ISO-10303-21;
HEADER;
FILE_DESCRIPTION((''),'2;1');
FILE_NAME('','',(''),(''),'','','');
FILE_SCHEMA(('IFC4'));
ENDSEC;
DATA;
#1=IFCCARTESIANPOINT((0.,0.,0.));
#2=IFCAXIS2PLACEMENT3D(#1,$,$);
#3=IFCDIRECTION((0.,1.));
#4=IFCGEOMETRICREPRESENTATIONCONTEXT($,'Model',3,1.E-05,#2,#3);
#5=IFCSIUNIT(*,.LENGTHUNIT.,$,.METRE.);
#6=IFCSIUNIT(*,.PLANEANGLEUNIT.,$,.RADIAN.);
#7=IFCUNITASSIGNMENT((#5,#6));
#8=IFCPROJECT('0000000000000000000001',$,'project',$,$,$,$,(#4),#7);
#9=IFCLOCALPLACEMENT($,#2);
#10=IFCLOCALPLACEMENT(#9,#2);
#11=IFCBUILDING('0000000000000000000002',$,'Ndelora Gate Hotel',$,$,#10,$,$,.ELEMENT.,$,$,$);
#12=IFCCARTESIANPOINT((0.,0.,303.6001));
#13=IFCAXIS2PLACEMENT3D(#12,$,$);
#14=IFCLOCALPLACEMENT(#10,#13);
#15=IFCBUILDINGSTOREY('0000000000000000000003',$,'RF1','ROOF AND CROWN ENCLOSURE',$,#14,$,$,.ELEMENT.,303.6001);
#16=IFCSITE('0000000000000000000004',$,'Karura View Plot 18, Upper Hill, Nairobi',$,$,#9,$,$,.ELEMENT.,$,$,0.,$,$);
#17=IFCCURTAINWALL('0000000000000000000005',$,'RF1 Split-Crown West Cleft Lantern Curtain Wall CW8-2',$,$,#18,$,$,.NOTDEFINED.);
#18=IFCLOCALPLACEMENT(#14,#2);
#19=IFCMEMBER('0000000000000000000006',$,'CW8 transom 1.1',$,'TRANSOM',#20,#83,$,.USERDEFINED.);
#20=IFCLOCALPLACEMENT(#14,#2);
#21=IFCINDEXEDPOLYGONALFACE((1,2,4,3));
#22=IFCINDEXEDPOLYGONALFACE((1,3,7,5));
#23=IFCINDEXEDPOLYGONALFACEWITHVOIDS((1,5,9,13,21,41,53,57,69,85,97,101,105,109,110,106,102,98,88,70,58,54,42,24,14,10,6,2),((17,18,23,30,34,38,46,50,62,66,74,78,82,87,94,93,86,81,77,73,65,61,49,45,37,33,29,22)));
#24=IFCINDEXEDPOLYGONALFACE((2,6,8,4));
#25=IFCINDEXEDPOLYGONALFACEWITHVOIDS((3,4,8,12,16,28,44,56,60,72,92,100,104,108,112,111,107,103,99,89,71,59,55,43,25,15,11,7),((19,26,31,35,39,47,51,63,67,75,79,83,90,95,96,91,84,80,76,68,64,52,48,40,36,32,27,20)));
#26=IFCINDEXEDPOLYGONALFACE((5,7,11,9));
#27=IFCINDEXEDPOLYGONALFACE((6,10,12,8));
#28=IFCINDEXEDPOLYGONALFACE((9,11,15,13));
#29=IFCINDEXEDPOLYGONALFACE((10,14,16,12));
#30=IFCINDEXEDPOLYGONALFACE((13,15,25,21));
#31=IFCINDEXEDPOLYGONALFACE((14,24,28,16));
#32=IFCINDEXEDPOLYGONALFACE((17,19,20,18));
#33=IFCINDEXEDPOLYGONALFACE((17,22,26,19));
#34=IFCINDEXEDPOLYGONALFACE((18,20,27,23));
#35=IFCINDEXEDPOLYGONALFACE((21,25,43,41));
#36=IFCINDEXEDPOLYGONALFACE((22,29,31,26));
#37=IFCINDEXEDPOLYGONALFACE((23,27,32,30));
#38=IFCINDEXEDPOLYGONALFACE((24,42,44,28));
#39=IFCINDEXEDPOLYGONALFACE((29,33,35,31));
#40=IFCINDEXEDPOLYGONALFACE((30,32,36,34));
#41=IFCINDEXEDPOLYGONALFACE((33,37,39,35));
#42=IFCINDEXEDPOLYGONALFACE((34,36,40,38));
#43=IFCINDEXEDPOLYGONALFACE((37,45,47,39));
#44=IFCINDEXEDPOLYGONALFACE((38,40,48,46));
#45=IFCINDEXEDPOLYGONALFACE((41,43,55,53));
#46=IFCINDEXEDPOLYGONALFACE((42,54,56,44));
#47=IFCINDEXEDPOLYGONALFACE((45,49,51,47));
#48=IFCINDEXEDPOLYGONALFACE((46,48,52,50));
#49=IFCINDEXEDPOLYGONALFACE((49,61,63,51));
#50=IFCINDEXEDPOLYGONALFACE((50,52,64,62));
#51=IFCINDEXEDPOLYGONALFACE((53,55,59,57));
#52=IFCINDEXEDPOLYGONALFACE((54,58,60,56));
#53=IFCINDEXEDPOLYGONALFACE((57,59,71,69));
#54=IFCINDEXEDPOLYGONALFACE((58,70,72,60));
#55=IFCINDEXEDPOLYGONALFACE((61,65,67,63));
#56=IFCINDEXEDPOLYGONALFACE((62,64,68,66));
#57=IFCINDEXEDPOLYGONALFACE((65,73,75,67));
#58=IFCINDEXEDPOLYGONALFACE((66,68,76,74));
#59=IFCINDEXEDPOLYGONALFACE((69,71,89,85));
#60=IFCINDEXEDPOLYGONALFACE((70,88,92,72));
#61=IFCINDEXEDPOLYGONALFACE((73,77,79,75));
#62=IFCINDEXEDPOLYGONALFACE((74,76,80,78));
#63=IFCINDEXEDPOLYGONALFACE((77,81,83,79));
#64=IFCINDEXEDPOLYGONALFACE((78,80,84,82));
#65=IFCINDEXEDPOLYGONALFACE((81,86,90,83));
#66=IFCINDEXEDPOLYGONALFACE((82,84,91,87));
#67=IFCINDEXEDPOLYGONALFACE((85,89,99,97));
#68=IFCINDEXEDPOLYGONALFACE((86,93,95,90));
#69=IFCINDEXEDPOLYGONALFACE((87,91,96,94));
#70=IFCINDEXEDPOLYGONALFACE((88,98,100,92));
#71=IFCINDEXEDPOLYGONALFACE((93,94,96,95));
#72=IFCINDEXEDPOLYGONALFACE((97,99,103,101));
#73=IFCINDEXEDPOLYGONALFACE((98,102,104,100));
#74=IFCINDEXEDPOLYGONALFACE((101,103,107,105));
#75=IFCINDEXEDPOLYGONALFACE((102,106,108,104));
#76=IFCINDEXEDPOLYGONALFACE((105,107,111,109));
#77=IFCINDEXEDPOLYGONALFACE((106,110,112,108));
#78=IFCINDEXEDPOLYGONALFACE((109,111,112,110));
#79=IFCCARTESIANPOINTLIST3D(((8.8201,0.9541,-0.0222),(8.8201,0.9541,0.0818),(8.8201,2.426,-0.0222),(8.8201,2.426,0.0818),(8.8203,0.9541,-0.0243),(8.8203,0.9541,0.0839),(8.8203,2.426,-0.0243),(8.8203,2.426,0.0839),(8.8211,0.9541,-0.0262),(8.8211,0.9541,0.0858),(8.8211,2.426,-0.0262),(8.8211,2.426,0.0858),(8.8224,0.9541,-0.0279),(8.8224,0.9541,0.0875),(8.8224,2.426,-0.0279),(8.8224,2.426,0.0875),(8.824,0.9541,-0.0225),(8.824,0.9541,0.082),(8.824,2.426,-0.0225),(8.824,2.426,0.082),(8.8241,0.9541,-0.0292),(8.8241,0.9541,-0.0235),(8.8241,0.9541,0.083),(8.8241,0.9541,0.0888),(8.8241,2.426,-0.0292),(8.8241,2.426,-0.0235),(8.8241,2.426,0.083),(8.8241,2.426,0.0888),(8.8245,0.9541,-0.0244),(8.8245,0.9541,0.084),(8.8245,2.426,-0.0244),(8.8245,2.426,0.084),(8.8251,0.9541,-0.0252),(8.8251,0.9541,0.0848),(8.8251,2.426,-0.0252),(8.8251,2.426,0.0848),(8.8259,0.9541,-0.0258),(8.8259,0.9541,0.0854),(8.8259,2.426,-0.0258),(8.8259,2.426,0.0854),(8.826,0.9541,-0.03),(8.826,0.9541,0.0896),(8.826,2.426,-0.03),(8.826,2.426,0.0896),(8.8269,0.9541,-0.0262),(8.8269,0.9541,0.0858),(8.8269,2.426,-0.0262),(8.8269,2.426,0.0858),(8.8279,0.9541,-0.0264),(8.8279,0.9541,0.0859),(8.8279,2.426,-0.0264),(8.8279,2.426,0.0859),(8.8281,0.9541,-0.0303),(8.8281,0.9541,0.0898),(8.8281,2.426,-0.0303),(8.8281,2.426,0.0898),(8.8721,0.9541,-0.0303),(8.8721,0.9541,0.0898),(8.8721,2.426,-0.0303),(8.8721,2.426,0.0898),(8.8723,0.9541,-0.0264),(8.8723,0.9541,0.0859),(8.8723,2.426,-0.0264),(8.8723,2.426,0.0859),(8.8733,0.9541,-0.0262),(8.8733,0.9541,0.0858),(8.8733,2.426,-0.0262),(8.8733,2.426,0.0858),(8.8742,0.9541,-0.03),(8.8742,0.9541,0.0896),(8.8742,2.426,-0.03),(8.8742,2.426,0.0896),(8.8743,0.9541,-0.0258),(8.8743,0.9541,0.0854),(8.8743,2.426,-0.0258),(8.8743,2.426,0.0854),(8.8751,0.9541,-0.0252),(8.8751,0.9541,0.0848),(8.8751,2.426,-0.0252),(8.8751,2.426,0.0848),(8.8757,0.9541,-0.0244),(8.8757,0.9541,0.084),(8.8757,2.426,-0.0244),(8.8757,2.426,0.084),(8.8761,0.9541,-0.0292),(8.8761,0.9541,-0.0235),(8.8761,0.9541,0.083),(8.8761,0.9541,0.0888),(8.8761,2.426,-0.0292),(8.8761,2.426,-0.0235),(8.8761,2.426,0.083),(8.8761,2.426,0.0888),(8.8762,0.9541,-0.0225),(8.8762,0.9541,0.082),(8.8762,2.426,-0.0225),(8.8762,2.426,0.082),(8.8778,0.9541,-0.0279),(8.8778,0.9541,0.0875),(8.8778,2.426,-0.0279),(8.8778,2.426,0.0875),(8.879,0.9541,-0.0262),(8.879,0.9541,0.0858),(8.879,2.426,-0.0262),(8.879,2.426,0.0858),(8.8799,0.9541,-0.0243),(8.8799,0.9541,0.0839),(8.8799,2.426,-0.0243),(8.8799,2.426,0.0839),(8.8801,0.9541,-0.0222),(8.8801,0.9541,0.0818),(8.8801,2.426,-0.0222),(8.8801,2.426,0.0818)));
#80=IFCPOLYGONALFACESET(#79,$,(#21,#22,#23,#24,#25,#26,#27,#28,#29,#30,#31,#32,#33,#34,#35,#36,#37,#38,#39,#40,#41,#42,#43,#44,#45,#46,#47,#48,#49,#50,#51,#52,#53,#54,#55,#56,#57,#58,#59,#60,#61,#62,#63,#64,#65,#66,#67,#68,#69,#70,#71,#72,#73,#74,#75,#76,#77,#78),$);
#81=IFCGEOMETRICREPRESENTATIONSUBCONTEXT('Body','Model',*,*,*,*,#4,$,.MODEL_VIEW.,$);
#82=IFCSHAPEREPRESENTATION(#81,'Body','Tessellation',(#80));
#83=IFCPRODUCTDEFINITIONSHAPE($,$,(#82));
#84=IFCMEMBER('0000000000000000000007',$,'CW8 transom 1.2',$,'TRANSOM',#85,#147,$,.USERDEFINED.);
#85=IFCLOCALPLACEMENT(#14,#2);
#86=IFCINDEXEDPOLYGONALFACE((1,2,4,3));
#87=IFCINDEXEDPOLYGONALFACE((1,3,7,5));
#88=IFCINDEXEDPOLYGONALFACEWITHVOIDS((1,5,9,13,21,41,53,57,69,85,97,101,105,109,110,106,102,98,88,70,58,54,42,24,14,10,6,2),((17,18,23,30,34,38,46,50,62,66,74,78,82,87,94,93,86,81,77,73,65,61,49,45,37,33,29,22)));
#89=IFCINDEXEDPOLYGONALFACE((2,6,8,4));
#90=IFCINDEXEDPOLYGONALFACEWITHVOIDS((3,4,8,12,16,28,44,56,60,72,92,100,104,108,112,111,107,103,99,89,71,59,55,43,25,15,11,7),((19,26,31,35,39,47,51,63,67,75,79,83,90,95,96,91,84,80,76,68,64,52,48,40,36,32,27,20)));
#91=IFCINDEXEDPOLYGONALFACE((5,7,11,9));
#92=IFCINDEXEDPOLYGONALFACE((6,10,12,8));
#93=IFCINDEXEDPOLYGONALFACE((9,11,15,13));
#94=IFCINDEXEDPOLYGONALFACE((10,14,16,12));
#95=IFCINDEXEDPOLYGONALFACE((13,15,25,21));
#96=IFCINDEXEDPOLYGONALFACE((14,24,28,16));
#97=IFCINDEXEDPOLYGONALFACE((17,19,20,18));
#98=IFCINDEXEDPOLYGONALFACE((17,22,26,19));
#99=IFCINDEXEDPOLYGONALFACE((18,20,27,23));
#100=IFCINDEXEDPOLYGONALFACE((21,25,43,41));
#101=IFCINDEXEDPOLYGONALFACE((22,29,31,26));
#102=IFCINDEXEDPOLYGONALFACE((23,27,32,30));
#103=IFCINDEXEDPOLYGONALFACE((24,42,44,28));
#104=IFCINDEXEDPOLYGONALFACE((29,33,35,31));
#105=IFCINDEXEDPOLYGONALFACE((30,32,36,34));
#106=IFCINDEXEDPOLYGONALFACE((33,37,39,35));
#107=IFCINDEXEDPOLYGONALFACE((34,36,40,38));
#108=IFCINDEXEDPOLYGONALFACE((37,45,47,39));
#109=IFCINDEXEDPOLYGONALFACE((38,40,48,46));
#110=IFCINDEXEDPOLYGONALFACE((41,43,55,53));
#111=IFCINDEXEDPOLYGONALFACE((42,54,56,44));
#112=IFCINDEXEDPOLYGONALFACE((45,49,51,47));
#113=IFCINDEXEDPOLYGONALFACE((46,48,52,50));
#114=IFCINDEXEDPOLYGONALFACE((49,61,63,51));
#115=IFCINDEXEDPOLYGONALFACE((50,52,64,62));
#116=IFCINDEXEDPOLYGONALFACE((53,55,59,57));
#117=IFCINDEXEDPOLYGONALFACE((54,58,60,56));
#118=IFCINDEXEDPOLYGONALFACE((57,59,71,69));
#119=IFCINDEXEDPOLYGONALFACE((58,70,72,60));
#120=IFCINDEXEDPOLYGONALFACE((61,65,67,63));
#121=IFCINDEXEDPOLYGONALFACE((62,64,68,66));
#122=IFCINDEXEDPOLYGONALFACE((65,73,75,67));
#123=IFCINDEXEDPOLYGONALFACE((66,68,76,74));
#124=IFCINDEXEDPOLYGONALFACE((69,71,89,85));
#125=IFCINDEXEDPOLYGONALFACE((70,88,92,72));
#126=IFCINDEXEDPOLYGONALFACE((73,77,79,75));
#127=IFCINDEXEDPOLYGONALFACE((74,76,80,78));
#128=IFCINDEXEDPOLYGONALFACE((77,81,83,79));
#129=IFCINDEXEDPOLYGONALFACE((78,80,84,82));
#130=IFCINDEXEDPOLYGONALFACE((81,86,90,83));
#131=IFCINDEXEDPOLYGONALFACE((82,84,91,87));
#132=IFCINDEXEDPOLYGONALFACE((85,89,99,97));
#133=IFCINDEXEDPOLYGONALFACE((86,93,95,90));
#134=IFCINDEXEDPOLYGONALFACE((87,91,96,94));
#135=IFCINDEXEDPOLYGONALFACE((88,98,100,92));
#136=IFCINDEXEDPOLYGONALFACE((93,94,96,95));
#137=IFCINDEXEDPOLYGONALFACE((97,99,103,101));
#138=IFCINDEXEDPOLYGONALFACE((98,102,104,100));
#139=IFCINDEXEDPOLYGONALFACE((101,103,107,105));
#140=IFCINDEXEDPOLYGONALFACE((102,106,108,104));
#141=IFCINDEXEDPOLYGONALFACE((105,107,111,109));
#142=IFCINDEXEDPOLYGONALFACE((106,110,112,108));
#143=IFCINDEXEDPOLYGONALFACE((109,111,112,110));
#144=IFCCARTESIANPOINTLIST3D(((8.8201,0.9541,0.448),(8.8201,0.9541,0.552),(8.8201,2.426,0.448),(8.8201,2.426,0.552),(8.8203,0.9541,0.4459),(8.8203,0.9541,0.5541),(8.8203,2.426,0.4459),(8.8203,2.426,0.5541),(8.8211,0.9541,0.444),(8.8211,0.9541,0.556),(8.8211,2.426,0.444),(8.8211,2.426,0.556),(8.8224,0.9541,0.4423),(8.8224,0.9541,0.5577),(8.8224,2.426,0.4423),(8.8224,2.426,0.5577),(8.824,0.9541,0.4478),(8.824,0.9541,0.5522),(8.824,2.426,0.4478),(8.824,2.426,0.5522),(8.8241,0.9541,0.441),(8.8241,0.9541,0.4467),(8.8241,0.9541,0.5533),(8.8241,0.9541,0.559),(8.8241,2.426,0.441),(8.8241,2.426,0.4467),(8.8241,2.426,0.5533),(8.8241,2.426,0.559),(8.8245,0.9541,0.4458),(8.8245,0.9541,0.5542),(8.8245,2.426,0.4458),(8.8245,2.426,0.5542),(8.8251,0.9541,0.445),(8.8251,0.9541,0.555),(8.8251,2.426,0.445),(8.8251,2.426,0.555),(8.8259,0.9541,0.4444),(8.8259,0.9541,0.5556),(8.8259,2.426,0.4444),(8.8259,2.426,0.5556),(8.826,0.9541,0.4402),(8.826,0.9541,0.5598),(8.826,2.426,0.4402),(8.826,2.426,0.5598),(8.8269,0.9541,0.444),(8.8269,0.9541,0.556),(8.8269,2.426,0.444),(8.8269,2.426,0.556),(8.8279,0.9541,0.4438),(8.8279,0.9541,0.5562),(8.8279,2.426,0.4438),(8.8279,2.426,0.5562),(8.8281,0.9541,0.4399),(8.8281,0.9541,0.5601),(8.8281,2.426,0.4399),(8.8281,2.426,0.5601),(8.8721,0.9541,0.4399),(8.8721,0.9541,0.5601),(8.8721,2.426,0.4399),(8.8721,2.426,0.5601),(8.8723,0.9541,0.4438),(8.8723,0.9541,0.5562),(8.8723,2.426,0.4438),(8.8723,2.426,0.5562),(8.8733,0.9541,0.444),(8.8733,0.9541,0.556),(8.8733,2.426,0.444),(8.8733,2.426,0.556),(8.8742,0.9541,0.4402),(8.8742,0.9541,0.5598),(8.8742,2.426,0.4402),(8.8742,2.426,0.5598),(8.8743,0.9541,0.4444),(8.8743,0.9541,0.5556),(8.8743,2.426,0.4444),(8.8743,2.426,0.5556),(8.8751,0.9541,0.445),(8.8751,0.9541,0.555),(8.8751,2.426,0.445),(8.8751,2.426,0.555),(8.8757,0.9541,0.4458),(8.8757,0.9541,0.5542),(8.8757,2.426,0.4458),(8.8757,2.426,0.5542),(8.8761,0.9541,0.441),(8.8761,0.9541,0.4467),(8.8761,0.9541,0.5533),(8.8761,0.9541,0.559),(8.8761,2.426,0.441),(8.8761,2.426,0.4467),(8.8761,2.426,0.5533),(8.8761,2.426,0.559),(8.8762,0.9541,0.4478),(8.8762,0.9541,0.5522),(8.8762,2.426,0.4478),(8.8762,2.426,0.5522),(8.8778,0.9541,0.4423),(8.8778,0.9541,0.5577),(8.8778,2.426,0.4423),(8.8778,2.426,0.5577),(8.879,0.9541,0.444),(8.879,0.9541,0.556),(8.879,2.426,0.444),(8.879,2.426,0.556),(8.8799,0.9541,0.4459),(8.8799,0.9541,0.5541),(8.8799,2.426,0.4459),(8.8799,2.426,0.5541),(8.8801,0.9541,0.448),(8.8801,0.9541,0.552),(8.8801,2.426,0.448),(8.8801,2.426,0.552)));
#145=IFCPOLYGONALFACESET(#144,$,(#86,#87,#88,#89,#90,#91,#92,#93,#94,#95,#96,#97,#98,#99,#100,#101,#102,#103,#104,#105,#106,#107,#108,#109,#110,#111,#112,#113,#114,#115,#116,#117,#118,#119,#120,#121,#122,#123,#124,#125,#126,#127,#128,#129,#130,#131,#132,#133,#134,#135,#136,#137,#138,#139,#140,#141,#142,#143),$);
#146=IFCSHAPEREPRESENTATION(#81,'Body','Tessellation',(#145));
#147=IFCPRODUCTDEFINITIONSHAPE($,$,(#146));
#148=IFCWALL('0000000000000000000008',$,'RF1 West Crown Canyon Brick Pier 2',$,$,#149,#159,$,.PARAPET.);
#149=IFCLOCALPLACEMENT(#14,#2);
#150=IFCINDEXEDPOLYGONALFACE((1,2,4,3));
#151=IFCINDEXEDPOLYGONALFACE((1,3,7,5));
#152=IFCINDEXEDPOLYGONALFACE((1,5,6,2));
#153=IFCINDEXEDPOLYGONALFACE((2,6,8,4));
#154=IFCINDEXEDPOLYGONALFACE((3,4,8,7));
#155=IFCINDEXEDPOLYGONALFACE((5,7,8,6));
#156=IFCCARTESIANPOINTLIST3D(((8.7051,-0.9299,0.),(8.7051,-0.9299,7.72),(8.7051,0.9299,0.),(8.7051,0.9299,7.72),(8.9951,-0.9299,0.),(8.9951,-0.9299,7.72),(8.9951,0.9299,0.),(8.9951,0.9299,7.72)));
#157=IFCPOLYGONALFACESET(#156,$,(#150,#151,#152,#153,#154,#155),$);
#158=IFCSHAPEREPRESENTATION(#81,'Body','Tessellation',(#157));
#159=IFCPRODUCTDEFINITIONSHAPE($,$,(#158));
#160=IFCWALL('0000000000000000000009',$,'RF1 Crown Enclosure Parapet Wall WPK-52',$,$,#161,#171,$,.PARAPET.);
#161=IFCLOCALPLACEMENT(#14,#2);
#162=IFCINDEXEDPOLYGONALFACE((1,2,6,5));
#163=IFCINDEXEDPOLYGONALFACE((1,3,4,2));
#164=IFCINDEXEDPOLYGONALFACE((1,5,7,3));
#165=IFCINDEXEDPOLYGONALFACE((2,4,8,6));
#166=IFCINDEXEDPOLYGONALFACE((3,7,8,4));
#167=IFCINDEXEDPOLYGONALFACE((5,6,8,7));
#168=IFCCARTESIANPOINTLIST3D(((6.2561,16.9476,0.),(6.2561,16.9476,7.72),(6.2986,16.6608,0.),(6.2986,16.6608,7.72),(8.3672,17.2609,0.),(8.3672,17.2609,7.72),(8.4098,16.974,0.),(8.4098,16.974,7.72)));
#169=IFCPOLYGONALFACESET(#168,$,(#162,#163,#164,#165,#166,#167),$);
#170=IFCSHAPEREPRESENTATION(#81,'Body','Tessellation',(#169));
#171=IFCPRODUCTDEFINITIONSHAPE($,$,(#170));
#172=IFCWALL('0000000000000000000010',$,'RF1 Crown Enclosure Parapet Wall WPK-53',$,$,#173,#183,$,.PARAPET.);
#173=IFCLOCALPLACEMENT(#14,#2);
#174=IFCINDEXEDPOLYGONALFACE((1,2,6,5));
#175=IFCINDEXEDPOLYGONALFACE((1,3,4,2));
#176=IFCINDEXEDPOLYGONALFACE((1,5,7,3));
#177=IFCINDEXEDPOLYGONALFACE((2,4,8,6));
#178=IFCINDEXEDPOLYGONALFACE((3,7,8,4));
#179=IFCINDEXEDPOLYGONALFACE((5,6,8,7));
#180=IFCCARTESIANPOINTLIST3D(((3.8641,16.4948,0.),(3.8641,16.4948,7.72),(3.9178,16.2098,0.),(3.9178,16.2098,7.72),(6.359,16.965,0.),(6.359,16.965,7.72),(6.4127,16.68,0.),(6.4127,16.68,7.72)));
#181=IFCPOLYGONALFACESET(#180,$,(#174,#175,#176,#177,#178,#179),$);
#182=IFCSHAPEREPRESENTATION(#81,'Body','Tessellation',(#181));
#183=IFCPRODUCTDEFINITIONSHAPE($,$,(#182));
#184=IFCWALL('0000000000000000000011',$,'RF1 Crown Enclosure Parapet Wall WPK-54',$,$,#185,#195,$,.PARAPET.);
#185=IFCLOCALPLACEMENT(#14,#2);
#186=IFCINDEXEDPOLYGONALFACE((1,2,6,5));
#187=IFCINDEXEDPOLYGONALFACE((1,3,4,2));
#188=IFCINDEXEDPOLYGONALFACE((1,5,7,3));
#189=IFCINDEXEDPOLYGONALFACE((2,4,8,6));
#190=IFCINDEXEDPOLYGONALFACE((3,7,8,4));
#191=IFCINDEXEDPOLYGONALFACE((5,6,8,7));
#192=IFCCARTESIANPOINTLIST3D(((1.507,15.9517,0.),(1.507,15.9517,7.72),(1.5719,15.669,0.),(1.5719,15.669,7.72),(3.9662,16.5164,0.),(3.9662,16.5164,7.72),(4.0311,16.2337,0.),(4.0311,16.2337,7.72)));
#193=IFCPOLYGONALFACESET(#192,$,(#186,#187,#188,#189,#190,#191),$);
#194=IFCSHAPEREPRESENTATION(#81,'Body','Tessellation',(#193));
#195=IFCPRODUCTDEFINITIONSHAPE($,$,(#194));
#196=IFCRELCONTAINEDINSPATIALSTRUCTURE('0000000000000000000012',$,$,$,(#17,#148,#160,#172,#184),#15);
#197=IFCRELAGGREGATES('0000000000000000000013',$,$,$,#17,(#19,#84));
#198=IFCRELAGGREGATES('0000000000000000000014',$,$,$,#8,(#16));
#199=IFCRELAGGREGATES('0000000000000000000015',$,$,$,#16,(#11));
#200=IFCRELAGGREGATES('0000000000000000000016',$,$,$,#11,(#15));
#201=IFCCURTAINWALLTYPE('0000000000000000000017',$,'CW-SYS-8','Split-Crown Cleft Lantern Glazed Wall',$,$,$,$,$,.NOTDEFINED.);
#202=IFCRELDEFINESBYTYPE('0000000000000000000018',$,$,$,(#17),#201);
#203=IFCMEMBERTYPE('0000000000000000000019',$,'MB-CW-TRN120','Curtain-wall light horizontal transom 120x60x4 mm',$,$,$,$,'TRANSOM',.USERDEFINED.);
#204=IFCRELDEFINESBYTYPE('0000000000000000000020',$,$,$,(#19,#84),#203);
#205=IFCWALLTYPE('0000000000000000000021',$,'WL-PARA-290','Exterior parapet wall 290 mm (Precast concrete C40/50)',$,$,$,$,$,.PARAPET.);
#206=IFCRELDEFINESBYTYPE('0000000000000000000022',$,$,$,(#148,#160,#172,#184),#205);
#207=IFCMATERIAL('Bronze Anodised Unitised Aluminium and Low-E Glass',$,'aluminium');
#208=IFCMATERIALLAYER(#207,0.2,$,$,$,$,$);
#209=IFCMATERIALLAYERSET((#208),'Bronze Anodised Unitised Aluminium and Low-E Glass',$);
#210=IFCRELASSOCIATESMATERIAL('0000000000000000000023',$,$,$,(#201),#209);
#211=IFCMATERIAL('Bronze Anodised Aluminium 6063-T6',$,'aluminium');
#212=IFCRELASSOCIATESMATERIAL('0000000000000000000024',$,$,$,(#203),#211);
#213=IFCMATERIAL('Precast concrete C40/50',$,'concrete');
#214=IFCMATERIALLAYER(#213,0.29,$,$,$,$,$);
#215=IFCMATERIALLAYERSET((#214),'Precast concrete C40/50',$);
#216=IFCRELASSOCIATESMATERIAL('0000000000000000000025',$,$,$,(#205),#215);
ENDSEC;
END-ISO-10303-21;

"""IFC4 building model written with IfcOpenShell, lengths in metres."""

from ifc_helpers import new_model, si_unit, direction, frame, frame_2d, origin, origin_2d, place, context, subcontext, project, spatial, rectangle, hollow_rectangle, extrude, material, layer, layer_set, material_profile, profile_set, type_object, element, aggregate, save


model = new_model("IFC4")

# Units and contexts
model_context = context("Model", 3, precision=1e-05, world=origin(), true_north=direction((0.0, 1.0)))
body_context = subcontext(model_context, "Body", "Model", "MODEL_VIEW")
ifc_project = project(units=[si_unit("LENGTHUNIT", "METRE"), si_unit("PLANEANGLEUNIT", "RADIAN")], contexts=[model_context])

# Site, building, storey
site_placement = place(None, origin())
site = spatial("IfcSite", under=ifc_project, at=site_placement, Name="Karura View Plot 18, Upper Hill, Nairobi", CompositionType="ELEMENT", RefElevation=0.0)
building_placement = place(site_placement, origin())
building = spatial("IfcBuilding", under=site, at=building_placement, Name="Ndelora Gate Hotel", CompositionType="ELEMENT")
storey_placement = place(building_placement, frame((0.0, 0.0, 303.6001)))
storey = spatial("IfcBuildingStorey", under=building, at=storey_placement, Name="RF1", Description="ROOF AND CROWN ENCLOSURE", CompositionType="ELEMENT", Elevation=303.6001)

# Curtain wall, members
ifc_material_1 = material(Name="Bronze Anodised Unitised Aluminium and Low-E Glass", Category="aluminium")
ifc_layer_1 = layer(ifc_material_1, 0.2)
ifc_layer_set_1 = layer_set([ifc_layer_1], Name="Bronze Anodised Unitised Aluminium and Low-E Glass")
curtain_wall_type = type_object("IfcCurtainWallType", Name="CW-SYS-8", Description="Split-Crown Cleft Lantern Glazed Wall", PredefinedType="NOTDEFINED", material=ifc_layer_set_1)
curtain_wall_placement = place(storey_placement, origin())
curtain_wall = element("IfcCurtainWall", 1, at=curtain_wall_placement, inside=storey, type_object=curtain_wall_type, Name="RF1 Split-Crown West Cleft Lantern Curtain Wall CW8-2", PredefinedType="NOTDEFINED")
ifc_material_2 = material(Name="Bronze Anodised Aluminium 6063-T6", Category="aluminium")
ifc_material_profile_1 = material_profile(ifc_material_2, hollow_rectangle(XDim=0.0601, YDim=0.1201, WallThickness=0.0039, InnerFilletRadius=0.0039, OuterFilletRadius=0.0081, at=origin_2d()), Name="ALU 120x60x4")
ifc_profile_set_1 = profile_set([ifc_material_profile_1], Name="Bronze Anodised Aluminium 6063-T6")
member_type_1 = type_object("IfcMemberType", Name="MB-CW-TRN120", Description="Curtain-wall light horizontal transom 120x60x4 mm", ElementType="TRANSOM", PredefinedType="USERDEFINED", material=ifc_profile_set_1)
member_1_placement = place(storey_placement, frame((8.8501, 0.9541, 0.0298), z_axis=(0.0, 1.0, 0.0), x_axis=(-1.0, 0.0, 0.0)))
member_1 = element("IfcMember", 2, at=member_1_placement, type_object=member_type_1, Name="CW8 transom 1.1", ObjectType="TRANSOM", PredefinedType="USERDEFINED", context=body_context, shape_type="SweptSolid", body=[
    extrude(hollow_rectangle(XDim=0.0601, YDim=0.1201, WallThickness=0.0039, InnerFilletRadius=0.0039, OuterFilletRadius=0.0081, at=origin_2d()), origin(), (0.0, 0.0, 1.0), 1.4719),
])
member_2_placement = place(storey_placement, frame((8.8501, 0.9541, 0.5), z_axis=(0.0, 1.0, 0.0), x_axis=(-1.0, 0.0, 0.0)))
member_2 = element("IfcMember", 3, at=member_2_placement, type_object=member_type_1, Name="CW8 transom 1.2", ObjectType="TRANSOM", PredefinedType="USERDEFINED", context=body_context, shape_type="SweptSolid", body=[
    extrude(hollow_rectangle(XDim=0.0601, YDim=0.1201, WallThickness=0.0039, InnerFilletRadius=0.0039, OuterFilletRadius=0.0081, at=origin_2d()), origin(), (0.0, 0.0, 1.0), 1.4719),
])
aggregate(curtain_wall, [member_1, member_2])

# Walls
ifc_material_3 = material(Name="Precast concrete C40/50", Category="concrete")
ifc_layer_2 = layer(ifc_material_3, 0.29)
ifc_layer_set_2 = layer_set([ifc_layer_2], Name="Precast concrete C40/50")
wall_type_1 = type_object("IfcWallType", Name="WL-PARA-290", Description="Exterior parapet wall 290 mm (Precast concrete C40/50)", PredefinedType="PARAPET", material=ifc_layer_set_2)
wall_1_placement = place(storey_placement, frame((8.8501, 0.9299, 0.0), z_axis=(0.0, 0.0, 1.0), x_axis=(0.0, -1.0, 0.0)))
element("IfcWall", 4, at=wall_1_placement, inside=storey, type_object=wall_type_1, Name="RF1 West Crown Canyon Brick Pier 2", PredefinedType="PARAPET", context=body_context, shape_type="SweptSolid", body=[
    extrude(rectangle(XDim=1.8599, YDim=0.29, at=frame_2d((0.9299, 0.0))), origin(), (0.0, 0.0, 1.0), 7.72),
])
wall_2_placement = place(storey_placement, frame((6.2773, 16.8042, 0.0), z_axis=(0.0, 0.0, 1.0), x_axis=(0.989171, 0.146768, 0.0)))
element("IfcWall", 5, at=wall_2_placement, inside=storey, type_object=wall_type_1, Name="RF1 Crown Enclosure Parapet Wall WPK-52", PredefinedType="PARAPET", context=body_context, shape_type="SweptSolid", body=[
    extrude(rectangle(XDim=2.1343, YDim=0.29, at=frame_2d((1.0671, 0.0))), origin(), (0.0, 0.0, 1.0), 7.72),
])
wall_3_placement = place(storey_placement, frame((3.8909, 16.3523, 0.0), z_axis=(0.0, 0.0, 1.0), x_axis=(0.982699, 0.185212, 0.0)))
element("IfcWall", 6, at=wall_3_placement, inside=storey, type_object=wall_type_1, Name="RF1 Crown Enclosure Parapet Wall WPK-53", PredefinedType="PARAPET", context=body_context, shape_type="SweptSolid", body=[
    extrude(rectangle(XDim=2.5388, YDim=0.29, at=frame_2d((1.2695, 0.0))), origin(), (0.0, 0.0, 1.0), 7.72),
])
wall_4_placement = place(storey_placement, frame((1.5393, 15.8103, 0.0), z_axis=(0.0, 0.0, 1.0), x_axis=(0.974635, 0.223799, 0.0)))
element("IfcWall", 7, at=wall_4_placement, inside=storey, type_object=wall_type_1, Name="RF1 Crown Enclosure Parapet Wall WPK-54", PredefinedType="PARAPET", context=body_context, shape_type="SweptSolid", body=[
    extrude(rectangle(XDim=2.5232, YDim=0.29, at=frame_2d((1.2617, 0.0))), origin(), (0.0, 0.0, 1.0), 7.72),
])

save(model, "model.ifc")
